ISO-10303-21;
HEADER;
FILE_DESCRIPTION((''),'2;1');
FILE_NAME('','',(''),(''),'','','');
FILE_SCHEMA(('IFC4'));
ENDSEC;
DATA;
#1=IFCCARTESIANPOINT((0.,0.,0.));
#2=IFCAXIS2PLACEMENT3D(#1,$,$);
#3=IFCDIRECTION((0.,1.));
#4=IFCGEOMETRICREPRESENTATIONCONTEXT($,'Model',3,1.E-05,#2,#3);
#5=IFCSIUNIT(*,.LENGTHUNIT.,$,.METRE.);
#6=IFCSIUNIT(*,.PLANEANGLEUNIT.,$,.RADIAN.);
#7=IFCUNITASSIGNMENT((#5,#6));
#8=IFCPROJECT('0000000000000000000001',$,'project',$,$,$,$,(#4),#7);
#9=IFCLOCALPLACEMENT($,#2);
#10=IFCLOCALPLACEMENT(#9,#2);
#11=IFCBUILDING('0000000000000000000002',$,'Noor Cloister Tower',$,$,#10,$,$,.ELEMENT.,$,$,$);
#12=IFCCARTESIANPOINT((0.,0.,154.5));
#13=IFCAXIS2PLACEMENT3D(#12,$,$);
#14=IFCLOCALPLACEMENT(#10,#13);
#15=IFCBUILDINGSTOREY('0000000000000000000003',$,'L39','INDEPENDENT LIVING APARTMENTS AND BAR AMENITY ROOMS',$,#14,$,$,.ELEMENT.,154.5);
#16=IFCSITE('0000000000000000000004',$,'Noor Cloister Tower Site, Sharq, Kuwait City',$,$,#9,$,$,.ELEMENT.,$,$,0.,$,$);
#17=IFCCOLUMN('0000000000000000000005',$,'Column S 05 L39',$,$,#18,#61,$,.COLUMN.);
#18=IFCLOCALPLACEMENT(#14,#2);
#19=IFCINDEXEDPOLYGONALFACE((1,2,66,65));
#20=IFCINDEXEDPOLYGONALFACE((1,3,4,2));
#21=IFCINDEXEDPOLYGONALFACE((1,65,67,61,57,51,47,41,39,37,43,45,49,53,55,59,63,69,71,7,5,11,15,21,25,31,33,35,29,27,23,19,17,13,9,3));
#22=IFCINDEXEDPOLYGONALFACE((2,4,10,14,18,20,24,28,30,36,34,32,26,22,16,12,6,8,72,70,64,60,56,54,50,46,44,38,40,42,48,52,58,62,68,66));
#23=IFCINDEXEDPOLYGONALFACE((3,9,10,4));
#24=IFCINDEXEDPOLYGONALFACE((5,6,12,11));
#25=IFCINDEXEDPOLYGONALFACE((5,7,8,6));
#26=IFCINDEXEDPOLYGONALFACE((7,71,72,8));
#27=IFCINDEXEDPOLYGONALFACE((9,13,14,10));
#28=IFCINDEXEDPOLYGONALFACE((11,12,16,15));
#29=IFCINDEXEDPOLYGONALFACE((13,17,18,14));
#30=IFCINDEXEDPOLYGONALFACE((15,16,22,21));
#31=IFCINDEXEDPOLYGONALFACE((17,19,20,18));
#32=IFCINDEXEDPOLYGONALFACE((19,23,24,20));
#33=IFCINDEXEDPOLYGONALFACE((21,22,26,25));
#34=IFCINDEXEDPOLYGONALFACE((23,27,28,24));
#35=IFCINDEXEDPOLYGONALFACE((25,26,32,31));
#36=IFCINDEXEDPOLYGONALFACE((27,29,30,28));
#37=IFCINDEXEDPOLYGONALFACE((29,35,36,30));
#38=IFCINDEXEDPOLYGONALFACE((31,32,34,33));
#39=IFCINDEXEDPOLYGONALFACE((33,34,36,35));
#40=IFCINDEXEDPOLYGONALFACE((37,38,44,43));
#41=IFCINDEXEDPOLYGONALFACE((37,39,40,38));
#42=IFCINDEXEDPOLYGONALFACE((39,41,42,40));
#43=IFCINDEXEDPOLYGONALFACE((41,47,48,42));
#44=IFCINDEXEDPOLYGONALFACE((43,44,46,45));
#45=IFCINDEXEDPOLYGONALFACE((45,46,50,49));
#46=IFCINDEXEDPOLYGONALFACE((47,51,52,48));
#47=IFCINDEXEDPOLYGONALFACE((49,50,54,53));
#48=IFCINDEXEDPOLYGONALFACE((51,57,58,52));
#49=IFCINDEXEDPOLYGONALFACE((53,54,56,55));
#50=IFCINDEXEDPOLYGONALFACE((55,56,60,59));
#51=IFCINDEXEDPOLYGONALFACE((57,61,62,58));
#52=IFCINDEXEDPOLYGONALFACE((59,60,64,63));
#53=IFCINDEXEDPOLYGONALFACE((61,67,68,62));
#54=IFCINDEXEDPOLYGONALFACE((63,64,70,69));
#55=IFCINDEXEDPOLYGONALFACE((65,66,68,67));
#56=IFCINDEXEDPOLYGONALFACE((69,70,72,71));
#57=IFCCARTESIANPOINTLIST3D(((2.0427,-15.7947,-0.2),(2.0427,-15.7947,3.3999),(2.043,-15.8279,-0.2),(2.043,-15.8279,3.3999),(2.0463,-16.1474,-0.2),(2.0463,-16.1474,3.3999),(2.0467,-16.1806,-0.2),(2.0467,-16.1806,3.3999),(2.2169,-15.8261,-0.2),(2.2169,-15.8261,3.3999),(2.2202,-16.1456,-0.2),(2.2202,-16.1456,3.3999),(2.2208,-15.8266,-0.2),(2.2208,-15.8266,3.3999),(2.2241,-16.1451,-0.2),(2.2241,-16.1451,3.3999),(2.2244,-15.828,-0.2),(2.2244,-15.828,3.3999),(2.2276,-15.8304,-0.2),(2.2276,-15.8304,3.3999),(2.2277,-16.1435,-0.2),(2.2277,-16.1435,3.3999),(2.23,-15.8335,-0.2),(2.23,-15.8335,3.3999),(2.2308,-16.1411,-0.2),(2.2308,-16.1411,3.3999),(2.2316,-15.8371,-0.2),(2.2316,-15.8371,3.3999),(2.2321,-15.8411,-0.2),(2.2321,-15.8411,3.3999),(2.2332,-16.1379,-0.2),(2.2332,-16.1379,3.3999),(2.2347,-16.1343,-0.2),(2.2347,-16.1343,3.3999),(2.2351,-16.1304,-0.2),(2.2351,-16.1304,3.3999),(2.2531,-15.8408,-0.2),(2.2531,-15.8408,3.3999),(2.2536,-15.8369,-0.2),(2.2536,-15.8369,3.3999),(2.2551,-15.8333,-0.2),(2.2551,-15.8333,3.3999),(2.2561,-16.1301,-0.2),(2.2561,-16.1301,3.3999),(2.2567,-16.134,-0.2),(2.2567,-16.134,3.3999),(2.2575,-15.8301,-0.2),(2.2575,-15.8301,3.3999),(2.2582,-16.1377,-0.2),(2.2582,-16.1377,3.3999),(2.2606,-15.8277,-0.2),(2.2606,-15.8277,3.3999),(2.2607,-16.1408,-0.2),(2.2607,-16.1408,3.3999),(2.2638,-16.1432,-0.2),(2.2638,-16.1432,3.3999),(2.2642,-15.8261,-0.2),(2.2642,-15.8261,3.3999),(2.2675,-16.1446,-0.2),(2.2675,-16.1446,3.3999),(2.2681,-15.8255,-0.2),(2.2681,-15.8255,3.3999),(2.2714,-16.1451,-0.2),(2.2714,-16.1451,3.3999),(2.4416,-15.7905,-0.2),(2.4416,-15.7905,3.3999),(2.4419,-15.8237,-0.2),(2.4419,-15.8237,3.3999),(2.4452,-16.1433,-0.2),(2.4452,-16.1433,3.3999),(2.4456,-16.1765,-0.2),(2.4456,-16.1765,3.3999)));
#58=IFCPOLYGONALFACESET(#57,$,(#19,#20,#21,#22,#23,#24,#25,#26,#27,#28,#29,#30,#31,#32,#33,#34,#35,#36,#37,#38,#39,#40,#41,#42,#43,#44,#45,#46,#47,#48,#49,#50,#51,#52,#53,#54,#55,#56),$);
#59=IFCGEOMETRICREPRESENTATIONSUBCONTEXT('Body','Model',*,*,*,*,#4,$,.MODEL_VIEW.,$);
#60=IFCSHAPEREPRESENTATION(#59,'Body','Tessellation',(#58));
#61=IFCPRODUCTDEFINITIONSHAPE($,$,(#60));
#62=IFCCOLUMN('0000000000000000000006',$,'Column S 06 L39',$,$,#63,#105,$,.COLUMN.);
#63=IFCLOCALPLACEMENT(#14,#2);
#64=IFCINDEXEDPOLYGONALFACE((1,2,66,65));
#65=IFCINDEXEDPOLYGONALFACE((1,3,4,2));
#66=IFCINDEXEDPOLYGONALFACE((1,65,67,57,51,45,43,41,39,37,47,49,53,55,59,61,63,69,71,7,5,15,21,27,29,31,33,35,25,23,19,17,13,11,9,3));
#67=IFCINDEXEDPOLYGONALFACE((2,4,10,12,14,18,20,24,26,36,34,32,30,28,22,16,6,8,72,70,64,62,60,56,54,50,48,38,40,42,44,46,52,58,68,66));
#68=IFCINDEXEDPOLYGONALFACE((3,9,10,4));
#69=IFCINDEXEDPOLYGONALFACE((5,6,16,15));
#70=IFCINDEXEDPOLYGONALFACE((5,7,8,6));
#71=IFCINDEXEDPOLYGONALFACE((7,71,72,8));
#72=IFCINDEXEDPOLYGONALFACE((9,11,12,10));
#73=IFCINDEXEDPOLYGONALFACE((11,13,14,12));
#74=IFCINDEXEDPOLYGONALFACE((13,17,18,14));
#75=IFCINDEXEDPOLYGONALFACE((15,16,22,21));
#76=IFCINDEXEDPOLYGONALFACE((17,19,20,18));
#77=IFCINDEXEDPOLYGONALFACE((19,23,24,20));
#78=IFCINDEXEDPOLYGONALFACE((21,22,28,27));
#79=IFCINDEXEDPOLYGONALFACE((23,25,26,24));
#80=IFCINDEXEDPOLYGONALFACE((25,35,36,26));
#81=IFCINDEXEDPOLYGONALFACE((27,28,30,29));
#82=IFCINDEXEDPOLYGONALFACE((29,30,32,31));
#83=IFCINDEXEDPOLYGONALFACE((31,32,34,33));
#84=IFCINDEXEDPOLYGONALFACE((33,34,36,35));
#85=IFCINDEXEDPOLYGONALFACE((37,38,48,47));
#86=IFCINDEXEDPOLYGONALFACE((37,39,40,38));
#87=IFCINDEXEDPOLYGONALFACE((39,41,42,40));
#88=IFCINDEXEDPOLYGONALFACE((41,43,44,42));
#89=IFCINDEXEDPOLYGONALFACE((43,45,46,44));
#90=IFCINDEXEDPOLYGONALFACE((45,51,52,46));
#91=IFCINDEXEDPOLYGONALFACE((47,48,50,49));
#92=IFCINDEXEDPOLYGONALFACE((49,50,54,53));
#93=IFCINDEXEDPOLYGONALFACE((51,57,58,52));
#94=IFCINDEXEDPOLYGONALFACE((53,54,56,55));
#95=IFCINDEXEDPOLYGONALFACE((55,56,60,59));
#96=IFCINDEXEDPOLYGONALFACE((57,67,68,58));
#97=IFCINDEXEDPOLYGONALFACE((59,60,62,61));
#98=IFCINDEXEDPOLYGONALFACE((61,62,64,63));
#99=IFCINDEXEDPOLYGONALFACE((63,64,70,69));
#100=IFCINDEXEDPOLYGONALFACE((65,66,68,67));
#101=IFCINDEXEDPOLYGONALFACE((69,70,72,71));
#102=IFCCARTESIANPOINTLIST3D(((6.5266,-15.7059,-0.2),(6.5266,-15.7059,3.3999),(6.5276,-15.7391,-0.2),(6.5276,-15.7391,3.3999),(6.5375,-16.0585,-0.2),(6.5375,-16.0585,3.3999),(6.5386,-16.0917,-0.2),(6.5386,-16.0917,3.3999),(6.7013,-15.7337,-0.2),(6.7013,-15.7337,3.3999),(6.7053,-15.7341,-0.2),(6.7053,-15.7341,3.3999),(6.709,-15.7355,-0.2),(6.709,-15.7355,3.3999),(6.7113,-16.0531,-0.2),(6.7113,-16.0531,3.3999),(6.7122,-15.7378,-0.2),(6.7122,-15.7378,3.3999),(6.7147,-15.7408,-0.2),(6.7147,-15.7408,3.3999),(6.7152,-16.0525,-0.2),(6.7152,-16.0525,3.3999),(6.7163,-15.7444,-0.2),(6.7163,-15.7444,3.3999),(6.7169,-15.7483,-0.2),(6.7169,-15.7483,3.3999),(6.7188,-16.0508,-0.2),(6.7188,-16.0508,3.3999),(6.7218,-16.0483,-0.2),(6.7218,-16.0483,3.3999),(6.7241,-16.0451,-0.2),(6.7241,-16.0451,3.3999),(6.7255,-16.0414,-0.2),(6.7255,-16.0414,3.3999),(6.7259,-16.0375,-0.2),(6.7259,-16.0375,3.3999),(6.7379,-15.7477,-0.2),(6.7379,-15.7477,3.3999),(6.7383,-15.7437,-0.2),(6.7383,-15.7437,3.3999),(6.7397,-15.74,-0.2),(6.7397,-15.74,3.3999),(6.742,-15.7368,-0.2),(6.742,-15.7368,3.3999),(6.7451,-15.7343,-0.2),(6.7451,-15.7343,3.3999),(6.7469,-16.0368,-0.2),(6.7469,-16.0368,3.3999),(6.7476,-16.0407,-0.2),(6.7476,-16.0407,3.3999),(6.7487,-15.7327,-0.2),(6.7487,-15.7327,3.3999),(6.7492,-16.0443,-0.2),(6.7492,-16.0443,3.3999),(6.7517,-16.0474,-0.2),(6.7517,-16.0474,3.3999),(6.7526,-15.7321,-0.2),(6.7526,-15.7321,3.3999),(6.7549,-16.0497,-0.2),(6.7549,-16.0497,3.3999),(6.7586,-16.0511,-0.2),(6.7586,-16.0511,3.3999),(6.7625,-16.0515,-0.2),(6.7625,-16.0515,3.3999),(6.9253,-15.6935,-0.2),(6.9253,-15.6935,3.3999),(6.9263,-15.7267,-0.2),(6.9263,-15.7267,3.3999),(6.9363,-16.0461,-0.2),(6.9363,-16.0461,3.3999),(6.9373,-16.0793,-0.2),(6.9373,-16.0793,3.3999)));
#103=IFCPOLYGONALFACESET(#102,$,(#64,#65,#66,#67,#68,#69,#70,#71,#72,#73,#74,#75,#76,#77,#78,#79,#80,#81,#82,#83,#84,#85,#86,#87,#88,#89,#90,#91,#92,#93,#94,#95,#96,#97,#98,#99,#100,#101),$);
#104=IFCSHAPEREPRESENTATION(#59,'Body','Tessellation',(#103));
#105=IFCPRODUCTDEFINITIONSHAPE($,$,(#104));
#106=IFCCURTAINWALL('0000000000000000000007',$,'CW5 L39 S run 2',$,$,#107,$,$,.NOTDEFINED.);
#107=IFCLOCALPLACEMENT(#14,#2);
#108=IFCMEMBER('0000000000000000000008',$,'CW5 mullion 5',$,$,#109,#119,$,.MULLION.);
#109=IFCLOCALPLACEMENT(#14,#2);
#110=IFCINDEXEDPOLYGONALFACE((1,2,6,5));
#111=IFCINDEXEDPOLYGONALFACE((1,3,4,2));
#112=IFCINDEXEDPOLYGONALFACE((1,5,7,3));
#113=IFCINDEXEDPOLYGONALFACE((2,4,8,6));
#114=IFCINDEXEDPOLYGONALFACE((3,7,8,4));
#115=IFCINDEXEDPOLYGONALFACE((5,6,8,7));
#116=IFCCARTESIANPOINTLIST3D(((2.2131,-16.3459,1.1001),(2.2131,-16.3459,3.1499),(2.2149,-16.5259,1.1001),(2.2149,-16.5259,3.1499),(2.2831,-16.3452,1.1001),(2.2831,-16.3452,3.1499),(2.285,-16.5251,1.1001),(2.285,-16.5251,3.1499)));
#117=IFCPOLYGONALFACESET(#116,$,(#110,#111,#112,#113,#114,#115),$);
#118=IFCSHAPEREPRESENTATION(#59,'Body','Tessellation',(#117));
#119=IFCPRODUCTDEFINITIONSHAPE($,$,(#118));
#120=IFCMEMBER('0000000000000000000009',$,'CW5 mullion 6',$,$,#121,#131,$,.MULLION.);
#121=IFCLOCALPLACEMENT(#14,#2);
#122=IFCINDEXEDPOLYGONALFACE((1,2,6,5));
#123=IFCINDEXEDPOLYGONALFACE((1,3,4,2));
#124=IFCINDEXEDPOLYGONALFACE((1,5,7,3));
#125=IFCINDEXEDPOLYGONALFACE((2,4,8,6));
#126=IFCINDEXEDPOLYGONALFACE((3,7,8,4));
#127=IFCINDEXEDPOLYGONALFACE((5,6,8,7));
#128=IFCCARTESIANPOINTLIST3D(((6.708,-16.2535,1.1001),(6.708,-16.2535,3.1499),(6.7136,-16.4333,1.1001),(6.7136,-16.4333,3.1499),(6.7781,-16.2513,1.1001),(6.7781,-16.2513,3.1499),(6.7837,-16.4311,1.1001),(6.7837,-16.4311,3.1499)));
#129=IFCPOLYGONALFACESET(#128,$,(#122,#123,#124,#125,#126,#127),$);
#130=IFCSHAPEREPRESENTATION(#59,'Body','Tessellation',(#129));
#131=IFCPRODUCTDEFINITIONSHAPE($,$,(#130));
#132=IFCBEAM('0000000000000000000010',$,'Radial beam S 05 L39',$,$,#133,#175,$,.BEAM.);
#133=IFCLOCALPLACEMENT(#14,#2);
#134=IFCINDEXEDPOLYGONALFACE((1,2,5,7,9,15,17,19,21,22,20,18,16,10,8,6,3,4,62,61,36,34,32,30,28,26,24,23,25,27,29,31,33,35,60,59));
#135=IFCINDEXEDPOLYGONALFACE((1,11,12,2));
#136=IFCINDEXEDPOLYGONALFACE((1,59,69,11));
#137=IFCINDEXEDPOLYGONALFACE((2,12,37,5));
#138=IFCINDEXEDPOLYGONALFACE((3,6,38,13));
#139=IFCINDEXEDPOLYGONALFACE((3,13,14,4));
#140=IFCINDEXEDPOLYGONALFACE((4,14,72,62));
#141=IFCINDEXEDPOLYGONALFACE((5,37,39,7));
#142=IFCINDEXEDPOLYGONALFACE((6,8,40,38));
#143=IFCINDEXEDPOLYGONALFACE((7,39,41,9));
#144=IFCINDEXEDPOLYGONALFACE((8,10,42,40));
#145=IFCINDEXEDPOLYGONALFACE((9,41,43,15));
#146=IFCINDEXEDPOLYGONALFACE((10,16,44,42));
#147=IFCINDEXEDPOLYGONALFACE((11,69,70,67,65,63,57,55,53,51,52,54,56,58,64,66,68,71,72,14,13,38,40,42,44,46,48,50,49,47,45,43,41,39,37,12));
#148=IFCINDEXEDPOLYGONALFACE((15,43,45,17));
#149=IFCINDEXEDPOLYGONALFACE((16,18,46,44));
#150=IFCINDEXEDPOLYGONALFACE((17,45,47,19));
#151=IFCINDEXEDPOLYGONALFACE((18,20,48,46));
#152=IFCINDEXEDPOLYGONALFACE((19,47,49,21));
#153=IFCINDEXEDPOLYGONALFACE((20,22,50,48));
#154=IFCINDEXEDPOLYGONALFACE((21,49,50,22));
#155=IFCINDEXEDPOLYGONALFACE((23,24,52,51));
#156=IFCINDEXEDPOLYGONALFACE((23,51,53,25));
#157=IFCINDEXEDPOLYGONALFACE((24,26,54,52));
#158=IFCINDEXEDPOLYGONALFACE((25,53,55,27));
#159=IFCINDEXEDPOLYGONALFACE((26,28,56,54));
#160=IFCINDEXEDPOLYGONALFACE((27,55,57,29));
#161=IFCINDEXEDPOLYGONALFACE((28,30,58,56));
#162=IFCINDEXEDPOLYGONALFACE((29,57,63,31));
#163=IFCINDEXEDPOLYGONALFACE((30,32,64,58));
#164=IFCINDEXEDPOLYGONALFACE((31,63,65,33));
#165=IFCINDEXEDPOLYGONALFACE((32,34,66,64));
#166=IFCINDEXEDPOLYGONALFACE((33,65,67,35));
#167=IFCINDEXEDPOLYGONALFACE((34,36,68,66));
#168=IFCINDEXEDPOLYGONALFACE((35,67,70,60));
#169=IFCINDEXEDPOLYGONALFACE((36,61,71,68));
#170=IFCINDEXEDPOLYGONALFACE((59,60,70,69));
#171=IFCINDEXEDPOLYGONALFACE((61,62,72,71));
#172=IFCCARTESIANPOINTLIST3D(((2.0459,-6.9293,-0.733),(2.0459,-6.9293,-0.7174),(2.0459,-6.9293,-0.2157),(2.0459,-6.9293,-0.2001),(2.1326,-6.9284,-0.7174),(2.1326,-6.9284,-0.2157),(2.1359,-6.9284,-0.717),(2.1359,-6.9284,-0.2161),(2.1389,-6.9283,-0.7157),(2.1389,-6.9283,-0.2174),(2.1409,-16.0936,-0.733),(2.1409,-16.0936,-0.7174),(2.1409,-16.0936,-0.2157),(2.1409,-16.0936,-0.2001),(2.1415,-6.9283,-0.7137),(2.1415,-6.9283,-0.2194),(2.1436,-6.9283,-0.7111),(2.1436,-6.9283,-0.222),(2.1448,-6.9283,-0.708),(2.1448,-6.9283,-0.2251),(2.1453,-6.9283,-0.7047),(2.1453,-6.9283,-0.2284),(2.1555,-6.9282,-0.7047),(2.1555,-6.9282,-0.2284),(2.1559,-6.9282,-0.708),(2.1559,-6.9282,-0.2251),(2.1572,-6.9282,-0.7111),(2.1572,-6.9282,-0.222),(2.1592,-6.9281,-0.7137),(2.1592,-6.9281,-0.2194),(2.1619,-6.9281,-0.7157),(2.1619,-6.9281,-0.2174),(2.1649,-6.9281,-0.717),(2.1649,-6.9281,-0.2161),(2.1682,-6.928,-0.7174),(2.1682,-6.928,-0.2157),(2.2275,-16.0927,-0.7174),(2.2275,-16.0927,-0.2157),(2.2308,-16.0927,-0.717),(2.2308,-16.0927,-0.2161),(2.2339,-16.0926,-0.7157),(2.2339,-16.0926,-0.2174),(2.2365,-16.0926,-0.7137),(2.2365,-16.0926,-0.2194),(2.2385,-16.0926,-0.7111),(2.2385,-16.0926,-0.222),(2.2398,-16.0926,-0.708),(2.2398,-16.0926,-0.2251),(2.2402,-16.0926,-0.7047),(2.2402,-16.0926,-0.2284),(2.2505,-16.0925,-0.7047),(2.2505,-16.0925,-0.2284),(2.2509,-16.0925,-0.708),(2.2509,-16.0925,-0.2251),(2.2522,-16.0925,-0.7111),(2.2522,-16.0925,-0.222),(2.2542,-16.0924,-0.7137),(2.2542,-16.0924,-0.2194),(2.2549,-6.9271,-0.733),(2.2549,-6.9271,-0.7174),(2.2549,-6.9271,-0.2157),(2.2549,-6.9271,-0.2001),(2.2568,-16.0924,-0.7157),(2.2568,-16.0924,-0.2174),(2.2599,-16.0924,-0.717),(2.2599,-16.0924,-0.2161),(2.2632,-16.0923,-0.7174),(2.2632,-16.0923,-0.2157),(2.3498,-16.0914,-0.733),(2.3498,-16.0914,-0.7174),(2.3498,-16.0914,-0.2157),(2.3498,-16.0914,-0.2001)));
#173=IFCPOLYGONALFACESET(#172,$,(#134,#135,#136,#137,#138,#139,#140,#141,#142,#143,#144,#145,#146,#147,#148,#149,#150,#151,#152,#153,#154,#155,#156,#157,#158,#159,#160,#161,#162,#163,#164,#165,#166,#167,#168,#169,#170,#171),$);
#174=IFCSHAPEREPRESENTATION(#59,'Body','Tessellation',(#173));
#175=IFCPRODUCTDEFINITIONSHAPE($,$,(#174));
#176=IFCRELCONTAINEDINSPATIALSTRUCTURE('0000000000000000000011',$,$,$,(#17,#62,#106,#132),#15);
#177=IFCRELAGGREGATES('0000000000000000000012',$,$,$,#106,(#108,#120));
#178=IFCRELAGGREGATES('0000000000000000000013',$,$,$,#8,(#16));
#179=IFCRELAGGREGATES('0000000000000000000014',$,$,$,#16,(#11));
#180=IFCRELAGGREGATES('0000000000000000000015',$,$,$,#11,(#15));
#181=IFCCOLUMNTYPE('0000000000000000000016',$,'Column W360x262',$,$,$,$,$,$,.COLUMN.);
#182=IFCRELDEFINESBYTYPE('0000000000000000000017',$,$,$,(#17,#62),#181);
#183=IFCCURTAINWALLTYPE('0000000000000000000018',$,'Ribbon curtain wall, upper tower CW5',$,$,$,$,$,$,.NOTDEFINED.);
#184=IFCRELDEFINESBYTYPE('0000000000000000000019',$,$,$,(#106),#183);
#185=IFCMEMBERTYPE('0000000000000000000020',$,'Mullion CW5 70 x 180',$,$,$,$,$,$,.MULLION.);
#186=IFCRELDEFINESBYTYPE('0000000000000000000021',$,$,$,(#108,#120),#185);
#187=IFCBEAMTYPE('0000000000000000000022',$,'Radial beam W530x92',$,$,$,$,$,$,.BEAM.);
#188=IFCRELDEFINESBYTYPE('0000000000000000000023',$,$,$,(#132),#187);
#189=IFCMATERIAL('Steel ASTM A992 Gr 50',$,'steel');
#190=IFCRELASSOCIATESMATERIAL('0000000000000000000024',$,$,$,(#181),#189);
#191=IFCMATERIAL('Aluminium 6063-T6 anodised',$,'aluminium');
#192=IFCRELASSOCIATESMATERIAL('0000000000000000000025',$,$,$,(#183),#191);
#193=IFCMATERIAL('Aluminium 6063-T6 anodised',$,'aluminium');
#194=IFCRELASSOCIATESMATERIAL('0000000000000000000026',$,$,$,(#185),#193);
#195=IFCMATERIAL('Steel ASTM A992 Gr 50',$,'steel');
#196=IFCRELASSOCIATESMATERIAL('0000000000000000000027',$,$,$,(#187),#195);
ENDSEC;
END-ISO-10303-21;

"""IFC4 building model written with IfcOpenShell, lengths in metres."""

from ifc_helpers import new_model, si_unit, direction, frame, origin, origin_2d, place, context, subcontext, project, spatial, rectangle, i_section, extrude, material, material_profile, profile_set, type_object, element, aggregate, save


model = new_model("IFC4")

# Units and contexts
model_context = context("Model", 3, precision=1e-05, world=origin(), true_north=direction((0.0, 1.0)))
body_context = subcontext(model_context, "Body", "Model", "MODEL_VIEW")
ifc_project = project(units=[si_unit("LENGTHUNIT", "METRE"), si_unit("PLANEANGLEUNIT", "RADIAN")], contexts=[model_context])

# Site, building, storey
site_placement = place(None, origin())
site = spatial("IfcSite", under=ifc_project, at=site_placement, Name="Noor Cloister Tower Site, Sharq, Kuwait City", CompositionType="ELEMENT", RefElevation=0.0)
building_placement = place(site_placement, origin())
building = spatial("IfcBuilding", under=site, at=building_placement, Name="Noor Cloister Tower", CompositionType="ELEMENT")
storey_placement = place(building_placement, frame((0.0, 0.0, 154.5)))
storey = spatial("IfcBuildingStorey", under=building, at=storey_placement, Name="L39", Description="INDEPENDENT LIVING APARTMENTS AND BAR AMENITY ROOMS", CompositionType="ELEMENT", Elevation=154.5)

# Columns
ifc_material_1 = material(Name="Steel ASTM A992 Gr 50", Category="steel")
ifc_material_profile_1 = material_profile(ifc_material_1, i_section(OverallWidth=0.3989, OverallDepth=0.386, WebThickness=0.021, FlangeThickness=0.0332, FilletRadius=0.0151, at=origin_2d()), Name="W360x262")
ifc_profile_set_1 = profile_set([ifc_material_profile_1], Name="Steel ASTM A992 Gr 50")
column_type = type_object("IfcColumnType", Name="Column W360x262", PredefinedType="COLUMN", material=ifc_profile_set_1)
for number, where, z_axis, x_axis, name in (
    (1, (2.2441, -15.9856, -0.2), (0.0, 0.0, 1.0), (0.999946, 0.010364, 0.0), "Column S 05 L39"),
    (2, (6.7319, -15.8926, -0.2), (0.0, 0.0, 1.0), (0.999517, 0.031088, 0.0), "Column S 06 L39"),
):
    element("IfcColumn", number, at=place(storey_placement, frame(where, z_axis=z_axis, x_axis=x_axis)), inside=storey, type_object=column_type, Name=name, PredefinedType="COLUMN", context=body_context, shape_type="SweptSolid", body=[
        extrude(i_section(OverallWidth=0.3989, OverallDepth=0.386, WebThickness=0.021, FlangeThickness=0.0332, FilletRadius=0.0151, at=origin_2d()), origin(), (0.0, 0.0, 1.0), 3.5999),
    ])

# Curtain wall, members
ifc_material_2 = material(Name="Aluminium 6063-T6 anodised", Category="aluminium")
curtain_wall_type = type_object("IfcCurtainWallType", Name="Ribbon curtain wall, upper tower CW5", PredefinedType="NOTDEFINED", material=ifc_material_2)
curtain_wall_placement = place(storey_placement, origin())
curtain_wall = element("IfcCurtainWall", 3, at=curtain_wall_placement, inside=storey, type_object=curtain_wall_type, Name="CW5 L39 S run 2", PredefinedType="NOTDEFINED")
ifc_material_3 = material(Name="Aluminium 6063-T6 anodised", Category="aluminium")
ifc_material_profile_2 = material_profile(ifc_material_3, rectangle(XDim=0.1799, YDim=0.0701, at=origin_2d()), Name="180 x 70 mullion")
ifc_profile_set_2 = profile_set([ifc_material_profile_2], Name="Aluminium 6063-T6 anodised")
member_type = type_object("IfcMemberType", Name="Mullion CW5 70 x 180", PredefinedType="MULLION", material=ifc_profile_set_2)
member_1_placement = place(storey_placement, frame((2.249, -16.4355, 1.1001), z_axis=(0.0, 0.0, 1.0), x_axis=(-0.010364, 0.999946, 0.0)))
member_1 = element("IfcMember", 4, at=member_1_placement, type_object=member_type, Name="CW5 mullion 5", PredefinedType="MULLION", context=body_context, shape_type="SweptSolid", body=[
    extrude(rectangle(XDim=0.1799, YDim=0.0701, at=origin_2d()), origin(), (0.0, 0.0, 1.0), 2.0498),
])
member_2_placement = place(storey_placement, frame((6.7458, -16.3423, 1.1001), z_axis=(0.0, 0.0, 1.0), x_axis=(-0.031088, 0.999517, 0.0)))
member_2 = element("IfcMember", 5, at=member_2_placement, type_object=member_type, Name="CW5 mullion 6", PredefinedType="MULLION", context=body_context, shape_type="SweptSolid", body=[
    extrude(rectangle(XDim=0.1799, YDim=0.0701, at=origin_2d()), origin(), (0.0, 0.0, 1.0), 2.0498),
])

# Beam
ifc_material_4 = material(Name="Steel ASTM A992 Gr 50", Category="steel")
ifc_material_profile_3 = material_profile(ifc_material_4, i_section(OverallWidth=0.209, OverallDepth=0.533, WebThickness=0.0103, FlangeThickness=0.0156, FilletRadius=0.0127, at=origin_2d()), Name="W530x92")
ifc_profile_set_3 = profile_set([ifc_material_profile_3], Name="Steel ASTM A992 Gr 50")
beam_type_1 = type_object("IfcBeamType", Name="Radial beam W530x92", PredefinedType="BEAM", material=ifc_profile_set_3)
beam_1_placement = place(storey_placement, frame((2.2454, -16.0925, -0.4666), z_axis=(-0.010363, 0.999946, 0.0), x_axis=(-0.999946, -0.010363, 0.0)))
element("IfcBeam", 6, at=beam_1_placement, inside=storey, type_object=beam_type_1, Name="Radial beam S 05 L39", PredefinedType="BEAM", context=body_context, shape_type="SweptSolid", body=[
    extrude(i_section(OverallWidth=0.209, OverallDepth=0.533, WebThickness=0.0103, FlangeThickness=0.0156, FilletRadius=0.0127, at=origin_2d()), origin(), (0.0, 0.0, 1.0), 9.1648),
])

aggregate(curtain_wall, [member_1, member_2])

save(model, "model.ifc")
